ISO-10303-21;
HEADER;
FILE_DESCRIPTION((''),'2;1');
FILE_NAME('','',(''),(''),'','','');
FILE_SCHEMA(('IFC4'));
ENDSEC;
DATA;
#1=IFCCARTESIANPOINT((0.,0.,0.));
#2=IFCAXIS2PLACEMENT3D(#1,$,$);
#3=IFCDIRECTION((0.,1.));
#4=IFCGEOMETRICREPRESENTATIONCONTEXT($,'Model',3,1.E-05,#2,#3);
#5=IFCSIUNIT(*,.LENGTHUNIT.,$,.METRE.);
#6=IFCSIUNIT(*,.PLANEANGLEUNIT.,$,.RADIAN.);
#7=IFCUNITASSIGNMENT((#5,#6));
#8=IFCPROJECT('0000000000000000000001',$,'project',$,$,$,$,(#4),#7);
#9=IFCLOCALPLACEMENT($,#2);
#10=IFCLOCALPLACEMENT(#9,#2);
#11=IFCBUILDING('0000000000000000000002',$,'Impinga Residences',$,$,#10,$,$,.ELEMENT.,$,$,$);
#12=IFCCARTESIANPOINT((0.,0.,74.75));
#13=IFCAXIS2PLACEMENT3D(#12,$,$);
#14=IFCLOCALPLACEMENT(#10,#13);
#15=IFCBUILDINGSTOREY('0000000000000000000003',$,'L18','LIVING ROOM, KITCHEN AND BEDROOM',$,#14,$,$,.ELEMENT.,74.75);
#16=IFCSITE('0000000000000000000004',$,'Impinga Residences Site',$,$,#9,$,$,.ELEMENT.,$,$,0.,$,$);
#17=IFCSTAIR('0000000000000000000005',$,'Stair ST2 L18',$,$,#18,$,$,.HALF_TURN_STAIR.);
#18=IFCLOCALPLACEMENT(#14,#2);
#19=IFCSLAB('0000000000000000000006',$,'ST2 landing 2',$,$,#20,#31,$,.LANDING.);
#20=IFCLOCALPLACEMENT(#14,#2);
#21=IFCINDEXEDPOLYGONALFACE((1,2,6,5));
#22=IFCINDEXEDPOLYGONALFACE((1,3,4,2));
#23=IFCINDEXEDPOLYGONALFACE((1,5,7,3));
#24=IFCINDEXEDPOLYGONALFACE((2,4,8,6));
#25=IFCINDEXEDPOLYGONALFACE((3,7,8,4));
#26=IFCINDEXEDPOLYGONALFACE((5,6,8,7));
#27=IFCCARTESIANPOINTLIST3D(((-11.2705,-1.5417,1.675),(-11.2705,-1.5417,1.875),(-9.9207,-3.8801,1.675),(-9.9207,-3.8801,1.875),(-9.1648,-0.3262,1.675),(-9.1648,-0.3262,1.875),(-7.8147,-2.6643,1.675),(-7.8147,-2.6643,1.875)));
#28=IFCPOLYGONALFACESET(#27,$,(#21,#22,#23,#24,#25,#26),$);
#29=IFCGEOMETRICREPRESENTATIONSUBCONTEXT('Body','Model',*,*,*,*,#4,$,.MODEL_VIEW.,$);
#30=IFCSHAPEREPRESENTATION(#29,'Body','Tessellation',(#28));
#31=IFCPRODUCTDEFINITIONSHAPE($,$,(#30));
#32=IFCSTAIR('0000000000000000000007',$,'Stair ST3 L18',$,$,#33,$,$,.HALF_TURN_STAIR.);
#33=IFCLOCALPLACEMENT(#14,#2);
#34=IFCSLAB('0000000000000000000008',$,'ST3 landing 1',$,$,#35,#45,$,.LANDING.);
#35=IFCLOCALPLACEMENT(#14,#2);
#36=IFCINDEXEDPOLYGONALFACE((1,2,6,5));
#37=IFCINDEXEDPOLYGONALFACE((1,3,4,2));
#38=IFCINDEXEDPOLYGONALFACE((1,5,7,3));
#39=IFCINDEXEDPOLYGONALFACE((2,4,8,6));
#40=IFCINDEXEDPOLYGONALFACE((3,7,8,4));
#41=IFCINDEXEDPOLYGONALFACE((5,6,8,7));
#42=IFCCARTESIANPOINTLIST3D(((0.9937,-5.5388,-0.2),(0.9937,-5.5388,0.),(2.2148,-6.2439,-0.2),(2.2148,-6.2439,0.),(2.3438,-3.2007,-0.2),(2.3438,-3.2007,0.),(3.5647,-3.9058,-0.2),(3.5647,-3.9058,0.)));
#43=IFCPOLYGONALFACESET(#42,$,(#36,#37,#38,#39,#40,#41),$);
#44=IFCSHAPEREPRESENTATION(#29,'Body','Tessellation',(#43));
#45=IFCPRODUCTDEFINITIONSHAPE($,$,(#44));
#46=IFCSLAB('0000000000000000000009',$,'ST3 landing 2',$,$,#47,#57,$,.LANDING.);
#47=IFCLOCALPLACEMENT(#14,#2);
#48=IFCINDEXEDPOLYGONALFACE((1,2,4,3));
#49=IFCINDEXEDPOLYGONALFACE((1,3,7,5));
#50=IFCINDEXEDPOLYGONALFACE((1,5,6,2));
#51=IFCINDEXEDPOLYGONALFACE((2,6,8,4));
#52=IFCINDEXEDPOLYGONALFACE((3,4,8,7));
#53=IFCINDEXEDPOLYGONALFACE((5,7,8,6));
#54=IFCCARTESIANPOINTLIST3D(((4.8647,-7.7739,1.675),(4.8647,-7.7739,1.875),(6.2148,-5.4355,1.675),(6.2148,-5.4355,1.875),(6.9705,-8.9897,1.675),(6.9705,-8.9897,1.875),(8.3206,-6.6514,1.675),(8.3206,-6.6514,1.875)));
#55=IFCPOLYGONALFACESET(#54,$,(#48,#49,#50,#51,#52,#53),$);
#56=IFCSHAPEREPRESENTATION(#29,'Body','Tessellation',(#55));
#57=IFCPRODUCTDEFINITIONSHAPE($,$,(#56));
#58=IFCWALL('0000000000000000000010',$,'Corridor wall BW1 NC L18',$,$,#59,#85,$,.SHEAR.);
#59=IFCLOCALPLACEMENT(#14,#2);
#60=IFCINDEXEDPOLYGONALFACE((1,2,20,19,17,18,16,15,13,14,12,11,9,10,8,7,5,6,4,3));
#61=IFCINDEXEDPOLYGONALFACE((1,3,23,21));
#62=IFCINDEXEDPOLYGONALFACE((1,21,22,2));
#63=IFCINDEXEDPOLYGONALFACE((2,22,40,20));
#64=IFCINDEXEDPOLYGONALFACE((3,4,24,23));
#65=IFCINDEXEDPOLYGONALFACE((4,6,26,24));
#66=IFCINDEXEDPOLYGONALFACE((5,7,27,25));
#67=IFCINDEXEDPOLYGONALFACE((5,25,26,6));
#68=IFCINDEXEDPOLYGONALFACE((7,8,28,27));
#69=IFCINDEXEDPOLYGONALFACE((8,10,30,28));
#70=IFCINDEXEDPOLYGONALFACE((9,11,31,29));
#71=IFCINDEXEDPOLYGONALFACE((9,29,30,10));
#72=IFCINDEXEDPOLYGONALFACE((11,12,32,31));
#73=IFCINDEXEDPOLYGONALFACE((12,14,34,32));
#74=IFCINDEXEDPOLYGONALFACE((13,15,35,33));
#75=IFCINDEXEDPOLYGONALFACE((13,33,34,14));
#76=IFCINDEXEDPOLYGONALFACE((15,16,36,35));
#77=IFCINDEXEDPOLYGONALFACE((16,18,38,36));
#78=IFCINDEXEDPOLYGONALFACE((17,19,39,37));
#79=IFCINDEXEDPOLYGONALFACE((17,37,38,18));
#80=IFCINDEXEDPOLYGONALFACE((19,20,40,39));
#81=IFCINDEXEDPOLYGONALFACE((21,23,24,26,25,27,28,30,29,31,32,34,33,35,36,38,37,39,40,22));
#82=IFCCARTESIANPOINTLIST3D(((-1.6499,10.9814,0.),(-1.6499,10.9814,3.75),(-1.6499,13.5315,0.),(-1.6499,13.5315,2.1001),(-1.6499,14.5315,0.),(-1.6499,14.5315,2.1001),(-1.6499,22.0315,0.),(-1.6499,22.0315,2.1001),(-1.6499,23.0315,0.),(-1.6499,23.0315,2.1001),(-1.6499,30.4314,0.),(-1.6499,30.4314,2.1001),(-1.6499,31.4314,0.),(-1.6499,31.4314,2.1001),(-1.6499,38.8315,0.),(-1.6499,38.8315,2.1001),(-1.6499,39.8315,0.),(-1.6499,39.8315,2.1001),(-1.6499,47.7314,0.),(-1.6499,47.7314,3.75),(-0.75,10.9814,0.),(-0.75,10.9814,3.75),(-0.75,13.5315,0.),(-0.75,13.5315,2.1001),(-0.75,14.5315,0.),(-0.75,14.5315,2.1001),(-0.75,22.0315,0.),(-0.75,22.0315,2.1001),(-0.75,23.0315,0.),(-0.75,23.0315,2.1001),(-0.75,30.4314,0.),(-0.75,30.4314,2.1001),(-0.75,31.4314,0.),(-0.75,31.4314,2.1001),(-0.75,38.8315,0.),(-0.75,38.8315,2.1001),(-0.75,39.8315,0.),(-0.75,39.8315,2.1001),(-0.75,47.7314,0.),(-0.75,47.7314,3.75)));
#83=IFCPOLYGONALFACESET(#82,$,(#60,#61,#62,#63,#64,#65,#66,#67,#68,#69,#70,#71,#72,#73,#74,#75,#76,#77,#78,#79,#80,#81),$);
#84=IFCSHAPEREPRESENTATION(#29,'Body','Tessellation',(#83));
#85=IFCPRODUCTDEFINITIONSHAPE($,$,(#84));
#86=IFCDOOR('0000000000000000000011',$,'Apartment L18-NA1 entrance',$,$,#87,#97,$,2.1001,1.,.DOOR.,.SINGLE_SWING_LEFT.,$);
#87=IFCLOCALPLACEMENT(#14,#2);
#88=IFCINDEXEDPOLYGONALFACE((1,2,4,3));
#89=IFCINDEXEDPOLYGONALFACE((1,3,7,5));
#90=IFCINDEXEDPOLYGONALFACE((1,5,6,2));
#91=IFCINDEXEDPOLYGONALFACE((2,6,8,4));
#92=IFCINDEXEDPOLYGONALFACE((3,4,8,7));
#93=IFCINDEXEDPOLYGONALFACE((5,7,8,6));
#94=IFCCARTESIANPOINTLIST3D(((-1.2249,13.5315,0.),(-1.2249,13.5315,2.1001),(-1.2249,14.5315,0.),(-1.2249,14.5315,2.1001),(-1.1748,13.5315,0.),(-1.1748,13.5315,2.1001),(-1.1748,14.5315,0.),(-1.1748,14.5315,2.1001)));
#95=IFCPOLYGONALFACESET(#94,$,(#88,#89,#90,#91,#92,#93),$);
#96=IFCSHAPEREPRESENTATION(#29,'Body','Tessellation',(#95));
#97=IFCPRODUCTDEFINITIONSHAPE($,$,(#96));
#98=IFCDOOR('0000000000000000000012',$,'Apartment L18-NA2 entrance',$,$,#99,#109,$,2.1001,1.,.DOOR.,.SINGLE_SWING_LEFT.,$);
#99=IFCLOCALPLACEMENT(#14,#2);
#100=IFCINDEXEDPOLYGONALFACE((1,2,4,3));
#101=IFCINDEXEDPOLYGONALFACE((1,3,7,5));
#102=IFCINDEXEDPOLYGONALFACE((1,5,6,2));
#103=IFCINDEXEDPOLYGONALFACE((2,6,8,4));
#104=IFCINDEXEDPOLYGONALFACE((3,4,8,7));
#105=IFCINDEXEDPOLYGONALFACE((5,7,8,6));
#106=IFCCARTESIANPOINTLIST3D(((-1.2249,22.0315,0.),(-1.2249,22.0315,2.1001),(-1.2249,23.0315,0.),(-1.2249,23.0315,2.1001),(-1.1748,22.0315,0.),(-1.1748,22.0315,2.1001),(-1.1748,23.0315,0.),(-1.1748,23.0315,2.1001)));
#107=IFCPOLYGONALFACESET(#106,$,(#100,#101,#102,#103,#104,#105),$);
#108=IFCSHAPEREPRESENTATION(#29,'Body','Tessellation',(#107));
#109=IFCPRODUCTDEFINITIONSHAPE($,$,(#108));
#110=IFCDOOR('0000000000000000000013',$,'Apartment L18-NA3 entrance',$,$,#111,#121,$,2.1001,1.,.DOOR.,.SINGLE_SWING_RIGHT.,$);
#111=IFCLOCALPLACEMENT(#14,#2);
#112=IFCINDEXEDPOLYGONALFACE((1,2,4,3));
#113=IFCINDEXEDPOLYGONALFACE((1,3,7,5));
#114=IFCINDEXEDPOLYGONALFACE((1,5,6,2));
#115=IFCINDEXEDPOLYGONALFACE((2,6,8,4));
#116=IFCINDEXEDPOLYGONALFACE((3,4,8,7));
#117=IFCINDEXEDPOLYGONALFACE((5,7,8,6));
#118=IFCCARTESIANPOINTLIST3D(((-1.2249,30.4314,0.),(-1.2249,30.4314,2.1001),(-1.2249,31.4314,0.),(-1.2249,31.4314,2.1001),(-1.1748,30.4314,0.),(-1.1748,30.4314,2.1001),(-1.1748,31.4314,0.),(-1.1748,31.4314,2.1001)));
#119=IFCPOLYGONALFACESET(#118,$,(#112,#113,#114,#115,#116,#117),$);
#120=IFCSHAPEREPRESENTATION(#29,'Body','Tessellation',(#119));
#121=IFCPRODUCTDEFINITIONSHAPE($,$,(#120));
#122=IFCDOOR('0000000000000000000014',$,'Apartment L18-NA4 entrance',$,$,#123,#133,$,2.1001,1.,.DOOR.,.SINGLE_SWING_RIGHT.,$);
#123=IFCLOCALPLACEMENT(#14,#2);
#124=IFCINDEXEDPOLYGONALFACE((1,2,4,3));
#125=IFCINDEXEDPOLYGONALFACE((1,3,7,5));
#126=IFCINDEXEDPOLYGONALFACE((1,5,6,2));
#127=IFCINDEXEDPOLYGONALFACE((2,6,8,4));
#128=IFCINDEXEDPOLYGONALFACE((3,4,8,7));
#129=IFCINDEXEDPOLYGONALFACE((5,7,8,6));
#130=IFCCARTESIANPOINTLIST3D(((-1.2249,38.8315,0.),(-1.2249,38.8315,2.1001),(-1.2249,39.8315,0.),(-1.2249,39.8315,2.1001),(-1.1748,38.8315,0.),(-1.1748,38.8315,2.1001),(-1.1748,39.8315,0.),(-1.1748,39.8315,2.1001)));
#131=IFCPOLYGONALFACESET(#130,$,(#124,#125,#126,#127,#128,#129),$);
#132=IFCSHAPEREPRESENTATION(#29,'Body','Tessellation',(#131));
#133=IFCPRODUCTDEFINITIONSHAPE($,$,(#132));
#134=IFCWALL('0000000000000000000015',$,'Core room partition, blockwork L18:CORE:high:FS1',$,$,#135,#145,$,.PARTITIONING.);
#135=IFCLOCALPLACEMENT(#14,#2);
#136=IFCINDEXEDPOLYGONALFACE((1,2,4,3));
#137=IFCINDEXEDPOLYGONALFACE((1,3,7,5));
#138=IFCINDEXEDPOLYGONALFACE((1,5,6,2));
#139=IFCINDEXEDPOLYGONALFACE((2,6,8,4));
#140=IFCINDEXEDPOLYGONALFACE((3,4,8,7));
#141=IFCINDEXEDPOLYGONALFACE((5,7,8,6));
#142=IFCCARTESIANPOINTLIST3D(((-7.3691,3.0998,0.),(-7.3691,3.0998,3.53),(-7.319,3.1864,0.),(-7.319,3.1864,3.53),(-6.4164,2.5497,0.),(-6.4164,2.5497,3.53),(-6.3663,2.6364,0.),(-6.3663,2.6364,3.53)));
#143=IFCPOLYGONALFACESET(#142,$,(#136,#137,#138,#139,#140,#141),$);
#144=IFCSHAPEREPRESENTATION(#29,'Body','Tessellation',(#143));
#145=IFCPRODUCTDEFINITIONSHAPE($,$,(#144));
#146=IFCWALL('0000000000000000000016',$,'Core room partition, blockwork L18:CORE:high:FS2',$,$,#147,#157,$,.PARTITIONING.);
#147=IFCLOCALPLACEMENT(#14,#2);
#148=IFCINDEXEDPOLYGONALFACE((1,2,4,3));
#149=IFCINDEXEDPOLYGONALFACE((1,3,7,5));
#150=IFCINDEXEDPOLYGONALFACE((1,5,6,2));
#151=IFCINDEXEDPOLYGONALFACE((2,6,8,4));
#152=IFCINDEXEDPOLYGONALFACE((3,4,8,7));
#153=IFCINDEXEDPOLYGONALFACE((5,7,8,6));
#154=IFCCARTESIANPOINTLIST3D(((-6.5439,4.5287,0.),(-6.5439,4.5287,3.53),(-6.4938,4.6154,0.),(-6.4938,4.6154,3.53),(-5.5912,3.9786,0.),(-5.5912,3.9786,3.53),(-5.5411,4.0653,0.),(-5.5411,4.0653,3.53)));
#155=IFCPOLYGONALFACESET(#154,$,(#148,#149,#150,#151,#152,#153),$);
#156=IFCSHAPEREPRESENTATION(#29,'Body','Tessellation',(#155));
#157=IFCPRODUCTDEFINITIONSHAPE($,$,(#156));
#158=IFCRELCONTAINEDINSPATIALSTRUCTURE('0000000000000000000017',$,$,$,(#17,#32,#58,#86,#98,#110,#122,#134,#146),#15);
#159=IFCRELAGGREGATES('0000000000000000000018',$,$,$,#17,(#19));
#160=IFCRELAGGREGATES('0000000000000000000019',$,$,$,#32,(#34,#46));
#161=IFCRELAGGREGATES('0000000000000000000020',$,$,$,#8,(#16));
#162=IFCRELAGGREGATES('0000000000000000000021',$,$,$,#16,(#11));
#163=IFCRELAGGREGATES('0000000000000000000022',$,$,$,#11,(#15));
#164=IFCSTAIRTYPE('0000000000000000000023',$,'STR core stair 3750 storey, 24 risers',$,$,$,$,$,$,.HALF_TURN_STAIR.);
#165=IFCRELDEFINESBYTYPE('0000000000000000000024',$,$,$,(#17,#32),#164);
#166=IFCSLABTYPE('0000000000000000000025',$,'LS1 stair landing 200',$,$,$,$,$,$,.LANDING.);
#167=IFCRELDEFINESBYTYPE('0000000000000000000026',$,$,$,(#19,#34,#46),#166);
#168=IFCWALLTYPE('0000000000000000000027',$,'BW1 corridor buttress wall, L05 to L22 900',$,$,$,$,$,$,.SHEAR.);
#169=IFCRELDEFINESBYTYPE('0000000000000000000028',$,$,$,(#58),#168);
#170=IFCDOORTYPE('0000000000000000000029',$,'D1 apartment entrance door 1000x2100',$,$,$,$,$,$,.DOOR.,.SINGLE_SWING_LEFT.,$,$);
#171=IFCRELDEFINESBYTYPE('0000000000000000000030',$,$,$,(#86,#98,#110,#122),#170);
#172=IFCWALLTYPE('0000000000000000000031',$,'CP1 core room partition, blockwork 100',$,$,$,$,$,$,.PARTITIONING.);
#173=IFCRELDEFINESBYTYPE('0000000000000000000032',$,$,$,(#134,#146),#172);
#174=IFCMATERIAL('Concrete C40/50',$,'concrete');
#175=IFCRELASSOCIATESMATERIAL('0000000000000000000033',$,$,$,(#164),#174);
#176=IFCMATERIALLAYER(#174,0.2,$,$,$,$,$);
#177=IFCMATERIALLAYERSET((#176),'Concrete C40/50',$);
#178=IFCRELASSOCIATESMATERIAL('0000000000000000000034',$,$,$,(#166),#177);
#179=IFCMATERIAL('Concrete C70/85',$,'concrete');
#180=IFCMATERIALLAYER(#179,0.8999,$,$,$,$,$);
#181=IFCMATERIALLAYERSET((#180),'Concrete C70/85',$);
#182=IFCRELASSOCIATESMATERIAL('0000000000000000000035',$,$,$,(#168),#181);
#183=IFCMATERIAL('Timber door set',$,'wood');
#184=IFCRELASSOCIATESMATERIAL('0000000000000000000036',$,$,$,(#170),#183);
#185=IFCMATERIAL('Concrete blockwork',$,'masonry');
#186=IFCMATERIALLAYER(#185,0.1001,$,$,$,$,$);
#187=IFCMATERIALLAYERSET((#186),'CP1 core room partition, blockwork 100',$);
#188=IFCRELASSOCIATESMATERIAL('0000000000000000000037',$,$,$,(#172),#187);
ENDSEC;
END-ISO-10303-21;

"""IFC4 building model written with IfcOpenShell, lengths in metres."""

from ifc_helpers import new_model, si_unit, direction, frame, frame_2d, origin, place, context, subcontext, project, spatial, polyline, rectangle, outline, extrude, material, layer, layer_set, type_object, element, fill, aggregate, save


model = new_model("IFC4")

# Units and contexts
model_context = context("Model", 3, precision=1e-05, world=origin(), true_north=direction((0.0, 1.0)))
body_context = subcontext(model_context, "Body", "Model", "MODEL_VIEW")
ifc_project = project(units=[si_unit("LENGTHUNIT", "METRE"), si_unit("PLANEANGLEUNIT", "RADIAN")], contexts=[model_context])

# Site, building, storey
site_placement = place(None, origin())
site = spatial("IfcSite", under=ifc_project, at=site_placement, Name="Impinga Residences Site", CompositionType="ELEMENT", RefElevation=0.0)
building_placement = place(site_placement, origin())
building = spatial("IfcBuilding", under=site, at=building_placement, Name="Impinga Residences", CompositionType="ELEMENT")
storey_placement = place(building_placement, frame((0.0, 0.0, 74.75)))
storey = spatial("IfcBuildingStorey", under=building, at=storey_placement, Name="L18", Description="LIVING ROOM, KITCHEN AND BEDROOM", CompositionType="ELEMENT", Elevation=74.75)

# Stair, slab
ifc_material_1 = material(Name="Concrete C40/50", Category="concrete")
stair_type = type_object("IfcStairType", Name="STR core stair 3750 storey, 24 risers", PredefinedType="HALF_TURN_STAIR", material=ifc_material_1)
stair_1_placement = place(storey_placement, origin())
stair_1 = element("IfcStair", 1, at=stair_1_placement, inside=storey, type_object=stair_type, Name="Stair ST2 L18", PredefinedType="HALF_TURN_STAIR")
ifc_layer_1 = layer(ifc_material_1, 0.2)
ifc_layer_set_1 = layer_set([ifc_layer_1], Name="Concrete C40/50")
slab_type = type_object("IfcSlabType", Name="LS1 stair landing 200", PredefinedType="LANDING", material=ifc_layer_set_1)
slab_1_placement = place(storey_placement, frame((0.0, 0.0, 1.675)))
slab_1 = element("IfcSlab", 2, at=slab_1_placement, type_object=slab_type, Name="ST2 landing 2", PredefinedType="LANDING", context=body_context, shape_type="SweptSolid", body=[
    extrude(outline(polyline([(-7.8147, -2.6643), (-9.1648, -0.3262), (-11.2705, -1.5417), (-9.9207, -3.8801), (-7.8147, -2.6643)])), origin(), (0.0, 0.0, 1.0), 0.2),
])
aggregate(stair_1, [slab_1])

# Stair, slabs
stair_2_placement = place(storey_placement, origin())
stair_2 = element("IfcStair", 3, at=stair_2_placement, inside=storey, type_object=stair_type, Name="Stair ST3 L18", PredefinedType="HALF_TURN_STAIR")
slab_2_placement = place(storey_placement, frame((0.0, 0.0, -0.2)))
slab_2 = element("IfcSlab", 4, at=slab_2_placement, type_object=slab_type, Name="ST3 landing 1", PredefinedType="LANDING", context=body_context, shape_type="SweptSolid", body=[
    extrude(outline(polyline([(2.3438, -3.2007), (0.9937, -5.5388), (2.2148, -6.2439), (3.5647, -3.9058), (2.3438, -3.2007)])), origin(), (0.0, 0.0, 1.0), 0.2),
])
slab_3_placement = place(storey_placement, frame((0.0, 0.0, 1.675)))
slab_3 = element("IfcSlab", 5, at=slab_3_placement, type_object=slab_type, Name="ST3 landing 2", PredefinedType="LANDING", context=body_context, shape_type="SweptSolid", body=[
    extrude(outline(polyline([(6.2148, -5.4355), (4.8647, -7.7739), (6.9705, -8.9897), (8.3206, -6.6514), (6.2148, -5.4355)])), origin(), (0.0, 0.0, 1.0), 0.2),
])
aggregate(stair_2, [slab_2, slab_3])

# Wall, openings, doors
ifc_material_2 = material(Name="Concrete C70/85", Category="concrete")
ifc_layer_2 = layer(ifc_material_2, 0.8999)
ifc_layer_set_2 = layer_set([ifc_layer_2], Name="Concrete C70/85")
wall_type_1 = type_object("IfcWallType", Name="BW1 corridor buttress wall, L05 to L22 900", PredefinedType="SHEAR", material=ifc_layer_set_2)
wall_1_placement = place(storey_placement, frame((-1.2, 10.9814, 0.0), z_axis=(0.0, 0.0, 1.0), x_axis=(0.0, 1.0, 0.0)))
wall_1 = element("IfcWall", 6, at=wall_1_placement, inside=storey, type_object=wall_type_1, Name="Corridor wall BW1 NC L18", PredefinedType="SHEAR", context=body_context, shape_type="SweptSolid", body=[
    extrude(rectangle(XDim=36.75, YDim=0.8999, at=frame_2d((18.375, 0.0))), origin(), (0.0, 0.0, 1.0), 3.75),
])
opening_1_placement = place(wall_1_placement, frame((2.55, 0.0, 0.0)))
opening_1 = element("IfcOpeningElement", 7, at=opening_1_placement, cuts=wall_1, PredefinedType="OPENING", context=body_context, shape_type="SweptSolid", body=[
    extrude(rectangle(XDim=1.0, YDim=2.1001, at=frame_2d((0.5, 1.05))), frame((0.0, 0.46, 0.0), z_axis=(0.0, -1.0, 0.0), x_axis=(1.0, 0.0, 0.0)), (0.0, 0.0, 1.0), 0.9199),
])
opening_2_placement = place(wall_1_placement, frame((11.05, 0.0, 0.0)))
opening_2 = element("IfcOpeningElement", 8, at=opening_2_placement, cuts=wall_1, PredefinedType="OPENING", context=body_context, shape_type="SweptSolid", body=[
    extrude(rectangle(XDim=1.0, YDim=2.1001, at=frame_2d((0.5, 1.05))), frame((0.0, 0.46, 0.0), z_axis=(0.0, -1.0, 0.0), x_axis=(1.0, 0.0, 0.0)), (0.0, 0.0, 1.0), 0.9199),
])
opening_3_placement = place(wall_1_placement, frame((19.45, 0.0, 0.0)))
opening_3 = element("IfcOpeningElement", 9, at=opening_3_placement, cuts=wall_1, PredefinedType="OPENING", context=body_context, shape_type="SweptSolid", body=[
    extrude(rectangle(XDim=1.0, YDim=2.1001, at=frame_2d((0.5, 1.05))), frame((0.0, 0.46, 0.0), z_axis=(0.0, -1.0, 0.0), x_axis=(1.0, 0.0, 0.0)), (0.0, 0.0, 1.0), 0.9199),
])
opening_4_placement = place(wall_1_placement, frame((27.8501, 0.0, 0.0)))
opening_4 = element("IfcOpeningElement", 10, at=opening_4_placement, cuts=wall_1, PredefinedType="OPENING", context=body_context, shape_type="SweptSolid", body=[
    extrude(rectangle(XDim=1.0, YDim=2.1001, at=frame_2d((0.5, 1.05))), frame((0.0, 0.46, 0.0), z_axis=(0.0, -1.0, 0.0), x_axis=(1.0, 0.0, 0.0)), (0.0, 0.0, 1.0), 0.9199),
])
ifc_material_3 = material(Name="Timber door set", Category="wood")
door_type_1 = type_object("IfcDoorType", Name="D1 apartment entrance door 1000x2100", OperationType="SINGLE_SWING_LEFT", PredefinedType="DOOR", material=ifc_material_3)
door_1_placement = place(opening_1_placement, origin())
door_1 = element("IfcDoor", 11, at=door_1_placement, inside=storey, type_object=door_type_1, Name="Apartment L18-NA1 entrance", OperationType="SINGLE_SWING_LEFT", OverallHeight=2.1001, OverallWidth=1.0, PredefinedType="DOOR", context=body_context, shape_type="SweptSolid", body=[
    extrude(rectangle(XDim=1.0, YDim=2.1001, at=frame_2d((0.5, 1.05))), frame((0.0, 0.0249, 0.0), z_axis=(0.0, -1.0, 0.0), x_axis=(1.0, 0.0, 0.0)), (0.0, 0.0, 1.0), 0.05),
])
fill(opening_1, door_1)
door_2_placement = place(opening_2_placement, origin())
door_2 = element("IfcDoor", 12, at=door_2_placement, inside=storey, type_object=door_type_1, Name="Apartment L18-NA2 entrance", OperationType="SINGLE_SWING_LEFT", OverallHeight=2.1001, OverallWidth=1.0, PredefinedType="DOOR", context=body_context, shape_type="SweptSolid", body=[
    extrude(rectangle(XDim=1.0, YDim=2.1001, at=frame_2d((0.5, 1.05))), frame((0.0, 0.0249, 0.0), z_axis=(0.0, -1.0, 0.0), x_axis=(1.0, 0.0, 0.0)), (0.0, 0.0, 1.0), 0.05),
])
fill(opening_2, door_2)
door_3_placement = place(opening_3_placement, origin())
door_3 = element("IfcDoor", 13, at=door_3_placement, inside=storey, type_object=door_type_1, Name="Apartment L18-NA3 entrance", OperationType="SINGLE_SWING_RIGHT", OverallHeight=2.1001, OverallWidth=1.0, PredefinedType="DOOR", context=body_context, shape_type="SweptSolid", body=[
    extrude(rectangle(XDim=1.0, YDim=2.1001, at=frame_2d((0.5, 1.05))), frame((0.0, 0.0249, 0.0), z_axis=(0.0, -1.0, 0.0), x_axis=(1.0, 0.0, 0.0)), (0.0, 0.0, 1.0), 0.05),
])
fill(opening_3, door_3)
door_4_placement = place(opening_4_placement, origin())
door_4 = element("IfcDoor", 14, at=door_4_placement, inside=storey, type_object=door_type_1, Name="Apartment L18-NA4 entrance", OperationType="SINGLE_SWING_RIGHT", OverallHeight=2.1001, OverallWidth=1.0, PredefinedType="DOOR", context=body_context, shape_type="SweptSolid", body=[
    extrude(rectangle(XDim=1.0, YDim=2.1001, at=frame_2d((0.5, 1.05))), frame((0.0, 0.0249, 0.0), z_axis=(0.0, -1.0, 0.0), x_axis=(1.0, 0.0, 0.0)), (0.0, 0.0, 1.0), 0.05),
])
fill(opening_4, door_4)

# Walls
ifc_material_4 = material(Name="Concrete blockwork", Category="masonry")
ifc_layer_3 = layer(ifc_material_4, 0.1001)
ifc_layer_set_3 = layer_set([ifc_layer_3], Name="CP1 core room partition, blockwork 100")
wall_type_2 = type_object("IfcWallType", Name="CP1 core room partition, blockwork 100", PredefinedType="PARTITIONING", material=ifc_layer_set_3)
for number, where, z_axis, x_axis, name in (
    (15, (-6.3914, 2.593, 0.0), (0.0, 0.0, 1.0), (-0.866008, 0.50003, 0.0), "Core room partition, blockwork L18:CORE:high:FS1"),
    (16, (-5.5662, 4.022, 0.0), (0.0, 0.0, 1.0), (-0.866008, 0.50003, 0.0), "Core room partition, blockwork L18:CORE:high:FS2"),
):
    element("IfcWall", number, at=place(storey_placement, frame(where, z_axis=z_axis, x_axis=x_axis)), inside=storey, type_object=wall_type_2, Name=name, PredefinedType="PARTITIONING", context=body_context, shape_type="SweptSolid", body=[
        extrude(rectangle(XDim=1.1001, YDim=0.1001, at=frame_2d((0.55, 0.0))), origin(), (0.0, 0.0, 1.0), 3.53),
    ])

save(model, "model.ifc")
